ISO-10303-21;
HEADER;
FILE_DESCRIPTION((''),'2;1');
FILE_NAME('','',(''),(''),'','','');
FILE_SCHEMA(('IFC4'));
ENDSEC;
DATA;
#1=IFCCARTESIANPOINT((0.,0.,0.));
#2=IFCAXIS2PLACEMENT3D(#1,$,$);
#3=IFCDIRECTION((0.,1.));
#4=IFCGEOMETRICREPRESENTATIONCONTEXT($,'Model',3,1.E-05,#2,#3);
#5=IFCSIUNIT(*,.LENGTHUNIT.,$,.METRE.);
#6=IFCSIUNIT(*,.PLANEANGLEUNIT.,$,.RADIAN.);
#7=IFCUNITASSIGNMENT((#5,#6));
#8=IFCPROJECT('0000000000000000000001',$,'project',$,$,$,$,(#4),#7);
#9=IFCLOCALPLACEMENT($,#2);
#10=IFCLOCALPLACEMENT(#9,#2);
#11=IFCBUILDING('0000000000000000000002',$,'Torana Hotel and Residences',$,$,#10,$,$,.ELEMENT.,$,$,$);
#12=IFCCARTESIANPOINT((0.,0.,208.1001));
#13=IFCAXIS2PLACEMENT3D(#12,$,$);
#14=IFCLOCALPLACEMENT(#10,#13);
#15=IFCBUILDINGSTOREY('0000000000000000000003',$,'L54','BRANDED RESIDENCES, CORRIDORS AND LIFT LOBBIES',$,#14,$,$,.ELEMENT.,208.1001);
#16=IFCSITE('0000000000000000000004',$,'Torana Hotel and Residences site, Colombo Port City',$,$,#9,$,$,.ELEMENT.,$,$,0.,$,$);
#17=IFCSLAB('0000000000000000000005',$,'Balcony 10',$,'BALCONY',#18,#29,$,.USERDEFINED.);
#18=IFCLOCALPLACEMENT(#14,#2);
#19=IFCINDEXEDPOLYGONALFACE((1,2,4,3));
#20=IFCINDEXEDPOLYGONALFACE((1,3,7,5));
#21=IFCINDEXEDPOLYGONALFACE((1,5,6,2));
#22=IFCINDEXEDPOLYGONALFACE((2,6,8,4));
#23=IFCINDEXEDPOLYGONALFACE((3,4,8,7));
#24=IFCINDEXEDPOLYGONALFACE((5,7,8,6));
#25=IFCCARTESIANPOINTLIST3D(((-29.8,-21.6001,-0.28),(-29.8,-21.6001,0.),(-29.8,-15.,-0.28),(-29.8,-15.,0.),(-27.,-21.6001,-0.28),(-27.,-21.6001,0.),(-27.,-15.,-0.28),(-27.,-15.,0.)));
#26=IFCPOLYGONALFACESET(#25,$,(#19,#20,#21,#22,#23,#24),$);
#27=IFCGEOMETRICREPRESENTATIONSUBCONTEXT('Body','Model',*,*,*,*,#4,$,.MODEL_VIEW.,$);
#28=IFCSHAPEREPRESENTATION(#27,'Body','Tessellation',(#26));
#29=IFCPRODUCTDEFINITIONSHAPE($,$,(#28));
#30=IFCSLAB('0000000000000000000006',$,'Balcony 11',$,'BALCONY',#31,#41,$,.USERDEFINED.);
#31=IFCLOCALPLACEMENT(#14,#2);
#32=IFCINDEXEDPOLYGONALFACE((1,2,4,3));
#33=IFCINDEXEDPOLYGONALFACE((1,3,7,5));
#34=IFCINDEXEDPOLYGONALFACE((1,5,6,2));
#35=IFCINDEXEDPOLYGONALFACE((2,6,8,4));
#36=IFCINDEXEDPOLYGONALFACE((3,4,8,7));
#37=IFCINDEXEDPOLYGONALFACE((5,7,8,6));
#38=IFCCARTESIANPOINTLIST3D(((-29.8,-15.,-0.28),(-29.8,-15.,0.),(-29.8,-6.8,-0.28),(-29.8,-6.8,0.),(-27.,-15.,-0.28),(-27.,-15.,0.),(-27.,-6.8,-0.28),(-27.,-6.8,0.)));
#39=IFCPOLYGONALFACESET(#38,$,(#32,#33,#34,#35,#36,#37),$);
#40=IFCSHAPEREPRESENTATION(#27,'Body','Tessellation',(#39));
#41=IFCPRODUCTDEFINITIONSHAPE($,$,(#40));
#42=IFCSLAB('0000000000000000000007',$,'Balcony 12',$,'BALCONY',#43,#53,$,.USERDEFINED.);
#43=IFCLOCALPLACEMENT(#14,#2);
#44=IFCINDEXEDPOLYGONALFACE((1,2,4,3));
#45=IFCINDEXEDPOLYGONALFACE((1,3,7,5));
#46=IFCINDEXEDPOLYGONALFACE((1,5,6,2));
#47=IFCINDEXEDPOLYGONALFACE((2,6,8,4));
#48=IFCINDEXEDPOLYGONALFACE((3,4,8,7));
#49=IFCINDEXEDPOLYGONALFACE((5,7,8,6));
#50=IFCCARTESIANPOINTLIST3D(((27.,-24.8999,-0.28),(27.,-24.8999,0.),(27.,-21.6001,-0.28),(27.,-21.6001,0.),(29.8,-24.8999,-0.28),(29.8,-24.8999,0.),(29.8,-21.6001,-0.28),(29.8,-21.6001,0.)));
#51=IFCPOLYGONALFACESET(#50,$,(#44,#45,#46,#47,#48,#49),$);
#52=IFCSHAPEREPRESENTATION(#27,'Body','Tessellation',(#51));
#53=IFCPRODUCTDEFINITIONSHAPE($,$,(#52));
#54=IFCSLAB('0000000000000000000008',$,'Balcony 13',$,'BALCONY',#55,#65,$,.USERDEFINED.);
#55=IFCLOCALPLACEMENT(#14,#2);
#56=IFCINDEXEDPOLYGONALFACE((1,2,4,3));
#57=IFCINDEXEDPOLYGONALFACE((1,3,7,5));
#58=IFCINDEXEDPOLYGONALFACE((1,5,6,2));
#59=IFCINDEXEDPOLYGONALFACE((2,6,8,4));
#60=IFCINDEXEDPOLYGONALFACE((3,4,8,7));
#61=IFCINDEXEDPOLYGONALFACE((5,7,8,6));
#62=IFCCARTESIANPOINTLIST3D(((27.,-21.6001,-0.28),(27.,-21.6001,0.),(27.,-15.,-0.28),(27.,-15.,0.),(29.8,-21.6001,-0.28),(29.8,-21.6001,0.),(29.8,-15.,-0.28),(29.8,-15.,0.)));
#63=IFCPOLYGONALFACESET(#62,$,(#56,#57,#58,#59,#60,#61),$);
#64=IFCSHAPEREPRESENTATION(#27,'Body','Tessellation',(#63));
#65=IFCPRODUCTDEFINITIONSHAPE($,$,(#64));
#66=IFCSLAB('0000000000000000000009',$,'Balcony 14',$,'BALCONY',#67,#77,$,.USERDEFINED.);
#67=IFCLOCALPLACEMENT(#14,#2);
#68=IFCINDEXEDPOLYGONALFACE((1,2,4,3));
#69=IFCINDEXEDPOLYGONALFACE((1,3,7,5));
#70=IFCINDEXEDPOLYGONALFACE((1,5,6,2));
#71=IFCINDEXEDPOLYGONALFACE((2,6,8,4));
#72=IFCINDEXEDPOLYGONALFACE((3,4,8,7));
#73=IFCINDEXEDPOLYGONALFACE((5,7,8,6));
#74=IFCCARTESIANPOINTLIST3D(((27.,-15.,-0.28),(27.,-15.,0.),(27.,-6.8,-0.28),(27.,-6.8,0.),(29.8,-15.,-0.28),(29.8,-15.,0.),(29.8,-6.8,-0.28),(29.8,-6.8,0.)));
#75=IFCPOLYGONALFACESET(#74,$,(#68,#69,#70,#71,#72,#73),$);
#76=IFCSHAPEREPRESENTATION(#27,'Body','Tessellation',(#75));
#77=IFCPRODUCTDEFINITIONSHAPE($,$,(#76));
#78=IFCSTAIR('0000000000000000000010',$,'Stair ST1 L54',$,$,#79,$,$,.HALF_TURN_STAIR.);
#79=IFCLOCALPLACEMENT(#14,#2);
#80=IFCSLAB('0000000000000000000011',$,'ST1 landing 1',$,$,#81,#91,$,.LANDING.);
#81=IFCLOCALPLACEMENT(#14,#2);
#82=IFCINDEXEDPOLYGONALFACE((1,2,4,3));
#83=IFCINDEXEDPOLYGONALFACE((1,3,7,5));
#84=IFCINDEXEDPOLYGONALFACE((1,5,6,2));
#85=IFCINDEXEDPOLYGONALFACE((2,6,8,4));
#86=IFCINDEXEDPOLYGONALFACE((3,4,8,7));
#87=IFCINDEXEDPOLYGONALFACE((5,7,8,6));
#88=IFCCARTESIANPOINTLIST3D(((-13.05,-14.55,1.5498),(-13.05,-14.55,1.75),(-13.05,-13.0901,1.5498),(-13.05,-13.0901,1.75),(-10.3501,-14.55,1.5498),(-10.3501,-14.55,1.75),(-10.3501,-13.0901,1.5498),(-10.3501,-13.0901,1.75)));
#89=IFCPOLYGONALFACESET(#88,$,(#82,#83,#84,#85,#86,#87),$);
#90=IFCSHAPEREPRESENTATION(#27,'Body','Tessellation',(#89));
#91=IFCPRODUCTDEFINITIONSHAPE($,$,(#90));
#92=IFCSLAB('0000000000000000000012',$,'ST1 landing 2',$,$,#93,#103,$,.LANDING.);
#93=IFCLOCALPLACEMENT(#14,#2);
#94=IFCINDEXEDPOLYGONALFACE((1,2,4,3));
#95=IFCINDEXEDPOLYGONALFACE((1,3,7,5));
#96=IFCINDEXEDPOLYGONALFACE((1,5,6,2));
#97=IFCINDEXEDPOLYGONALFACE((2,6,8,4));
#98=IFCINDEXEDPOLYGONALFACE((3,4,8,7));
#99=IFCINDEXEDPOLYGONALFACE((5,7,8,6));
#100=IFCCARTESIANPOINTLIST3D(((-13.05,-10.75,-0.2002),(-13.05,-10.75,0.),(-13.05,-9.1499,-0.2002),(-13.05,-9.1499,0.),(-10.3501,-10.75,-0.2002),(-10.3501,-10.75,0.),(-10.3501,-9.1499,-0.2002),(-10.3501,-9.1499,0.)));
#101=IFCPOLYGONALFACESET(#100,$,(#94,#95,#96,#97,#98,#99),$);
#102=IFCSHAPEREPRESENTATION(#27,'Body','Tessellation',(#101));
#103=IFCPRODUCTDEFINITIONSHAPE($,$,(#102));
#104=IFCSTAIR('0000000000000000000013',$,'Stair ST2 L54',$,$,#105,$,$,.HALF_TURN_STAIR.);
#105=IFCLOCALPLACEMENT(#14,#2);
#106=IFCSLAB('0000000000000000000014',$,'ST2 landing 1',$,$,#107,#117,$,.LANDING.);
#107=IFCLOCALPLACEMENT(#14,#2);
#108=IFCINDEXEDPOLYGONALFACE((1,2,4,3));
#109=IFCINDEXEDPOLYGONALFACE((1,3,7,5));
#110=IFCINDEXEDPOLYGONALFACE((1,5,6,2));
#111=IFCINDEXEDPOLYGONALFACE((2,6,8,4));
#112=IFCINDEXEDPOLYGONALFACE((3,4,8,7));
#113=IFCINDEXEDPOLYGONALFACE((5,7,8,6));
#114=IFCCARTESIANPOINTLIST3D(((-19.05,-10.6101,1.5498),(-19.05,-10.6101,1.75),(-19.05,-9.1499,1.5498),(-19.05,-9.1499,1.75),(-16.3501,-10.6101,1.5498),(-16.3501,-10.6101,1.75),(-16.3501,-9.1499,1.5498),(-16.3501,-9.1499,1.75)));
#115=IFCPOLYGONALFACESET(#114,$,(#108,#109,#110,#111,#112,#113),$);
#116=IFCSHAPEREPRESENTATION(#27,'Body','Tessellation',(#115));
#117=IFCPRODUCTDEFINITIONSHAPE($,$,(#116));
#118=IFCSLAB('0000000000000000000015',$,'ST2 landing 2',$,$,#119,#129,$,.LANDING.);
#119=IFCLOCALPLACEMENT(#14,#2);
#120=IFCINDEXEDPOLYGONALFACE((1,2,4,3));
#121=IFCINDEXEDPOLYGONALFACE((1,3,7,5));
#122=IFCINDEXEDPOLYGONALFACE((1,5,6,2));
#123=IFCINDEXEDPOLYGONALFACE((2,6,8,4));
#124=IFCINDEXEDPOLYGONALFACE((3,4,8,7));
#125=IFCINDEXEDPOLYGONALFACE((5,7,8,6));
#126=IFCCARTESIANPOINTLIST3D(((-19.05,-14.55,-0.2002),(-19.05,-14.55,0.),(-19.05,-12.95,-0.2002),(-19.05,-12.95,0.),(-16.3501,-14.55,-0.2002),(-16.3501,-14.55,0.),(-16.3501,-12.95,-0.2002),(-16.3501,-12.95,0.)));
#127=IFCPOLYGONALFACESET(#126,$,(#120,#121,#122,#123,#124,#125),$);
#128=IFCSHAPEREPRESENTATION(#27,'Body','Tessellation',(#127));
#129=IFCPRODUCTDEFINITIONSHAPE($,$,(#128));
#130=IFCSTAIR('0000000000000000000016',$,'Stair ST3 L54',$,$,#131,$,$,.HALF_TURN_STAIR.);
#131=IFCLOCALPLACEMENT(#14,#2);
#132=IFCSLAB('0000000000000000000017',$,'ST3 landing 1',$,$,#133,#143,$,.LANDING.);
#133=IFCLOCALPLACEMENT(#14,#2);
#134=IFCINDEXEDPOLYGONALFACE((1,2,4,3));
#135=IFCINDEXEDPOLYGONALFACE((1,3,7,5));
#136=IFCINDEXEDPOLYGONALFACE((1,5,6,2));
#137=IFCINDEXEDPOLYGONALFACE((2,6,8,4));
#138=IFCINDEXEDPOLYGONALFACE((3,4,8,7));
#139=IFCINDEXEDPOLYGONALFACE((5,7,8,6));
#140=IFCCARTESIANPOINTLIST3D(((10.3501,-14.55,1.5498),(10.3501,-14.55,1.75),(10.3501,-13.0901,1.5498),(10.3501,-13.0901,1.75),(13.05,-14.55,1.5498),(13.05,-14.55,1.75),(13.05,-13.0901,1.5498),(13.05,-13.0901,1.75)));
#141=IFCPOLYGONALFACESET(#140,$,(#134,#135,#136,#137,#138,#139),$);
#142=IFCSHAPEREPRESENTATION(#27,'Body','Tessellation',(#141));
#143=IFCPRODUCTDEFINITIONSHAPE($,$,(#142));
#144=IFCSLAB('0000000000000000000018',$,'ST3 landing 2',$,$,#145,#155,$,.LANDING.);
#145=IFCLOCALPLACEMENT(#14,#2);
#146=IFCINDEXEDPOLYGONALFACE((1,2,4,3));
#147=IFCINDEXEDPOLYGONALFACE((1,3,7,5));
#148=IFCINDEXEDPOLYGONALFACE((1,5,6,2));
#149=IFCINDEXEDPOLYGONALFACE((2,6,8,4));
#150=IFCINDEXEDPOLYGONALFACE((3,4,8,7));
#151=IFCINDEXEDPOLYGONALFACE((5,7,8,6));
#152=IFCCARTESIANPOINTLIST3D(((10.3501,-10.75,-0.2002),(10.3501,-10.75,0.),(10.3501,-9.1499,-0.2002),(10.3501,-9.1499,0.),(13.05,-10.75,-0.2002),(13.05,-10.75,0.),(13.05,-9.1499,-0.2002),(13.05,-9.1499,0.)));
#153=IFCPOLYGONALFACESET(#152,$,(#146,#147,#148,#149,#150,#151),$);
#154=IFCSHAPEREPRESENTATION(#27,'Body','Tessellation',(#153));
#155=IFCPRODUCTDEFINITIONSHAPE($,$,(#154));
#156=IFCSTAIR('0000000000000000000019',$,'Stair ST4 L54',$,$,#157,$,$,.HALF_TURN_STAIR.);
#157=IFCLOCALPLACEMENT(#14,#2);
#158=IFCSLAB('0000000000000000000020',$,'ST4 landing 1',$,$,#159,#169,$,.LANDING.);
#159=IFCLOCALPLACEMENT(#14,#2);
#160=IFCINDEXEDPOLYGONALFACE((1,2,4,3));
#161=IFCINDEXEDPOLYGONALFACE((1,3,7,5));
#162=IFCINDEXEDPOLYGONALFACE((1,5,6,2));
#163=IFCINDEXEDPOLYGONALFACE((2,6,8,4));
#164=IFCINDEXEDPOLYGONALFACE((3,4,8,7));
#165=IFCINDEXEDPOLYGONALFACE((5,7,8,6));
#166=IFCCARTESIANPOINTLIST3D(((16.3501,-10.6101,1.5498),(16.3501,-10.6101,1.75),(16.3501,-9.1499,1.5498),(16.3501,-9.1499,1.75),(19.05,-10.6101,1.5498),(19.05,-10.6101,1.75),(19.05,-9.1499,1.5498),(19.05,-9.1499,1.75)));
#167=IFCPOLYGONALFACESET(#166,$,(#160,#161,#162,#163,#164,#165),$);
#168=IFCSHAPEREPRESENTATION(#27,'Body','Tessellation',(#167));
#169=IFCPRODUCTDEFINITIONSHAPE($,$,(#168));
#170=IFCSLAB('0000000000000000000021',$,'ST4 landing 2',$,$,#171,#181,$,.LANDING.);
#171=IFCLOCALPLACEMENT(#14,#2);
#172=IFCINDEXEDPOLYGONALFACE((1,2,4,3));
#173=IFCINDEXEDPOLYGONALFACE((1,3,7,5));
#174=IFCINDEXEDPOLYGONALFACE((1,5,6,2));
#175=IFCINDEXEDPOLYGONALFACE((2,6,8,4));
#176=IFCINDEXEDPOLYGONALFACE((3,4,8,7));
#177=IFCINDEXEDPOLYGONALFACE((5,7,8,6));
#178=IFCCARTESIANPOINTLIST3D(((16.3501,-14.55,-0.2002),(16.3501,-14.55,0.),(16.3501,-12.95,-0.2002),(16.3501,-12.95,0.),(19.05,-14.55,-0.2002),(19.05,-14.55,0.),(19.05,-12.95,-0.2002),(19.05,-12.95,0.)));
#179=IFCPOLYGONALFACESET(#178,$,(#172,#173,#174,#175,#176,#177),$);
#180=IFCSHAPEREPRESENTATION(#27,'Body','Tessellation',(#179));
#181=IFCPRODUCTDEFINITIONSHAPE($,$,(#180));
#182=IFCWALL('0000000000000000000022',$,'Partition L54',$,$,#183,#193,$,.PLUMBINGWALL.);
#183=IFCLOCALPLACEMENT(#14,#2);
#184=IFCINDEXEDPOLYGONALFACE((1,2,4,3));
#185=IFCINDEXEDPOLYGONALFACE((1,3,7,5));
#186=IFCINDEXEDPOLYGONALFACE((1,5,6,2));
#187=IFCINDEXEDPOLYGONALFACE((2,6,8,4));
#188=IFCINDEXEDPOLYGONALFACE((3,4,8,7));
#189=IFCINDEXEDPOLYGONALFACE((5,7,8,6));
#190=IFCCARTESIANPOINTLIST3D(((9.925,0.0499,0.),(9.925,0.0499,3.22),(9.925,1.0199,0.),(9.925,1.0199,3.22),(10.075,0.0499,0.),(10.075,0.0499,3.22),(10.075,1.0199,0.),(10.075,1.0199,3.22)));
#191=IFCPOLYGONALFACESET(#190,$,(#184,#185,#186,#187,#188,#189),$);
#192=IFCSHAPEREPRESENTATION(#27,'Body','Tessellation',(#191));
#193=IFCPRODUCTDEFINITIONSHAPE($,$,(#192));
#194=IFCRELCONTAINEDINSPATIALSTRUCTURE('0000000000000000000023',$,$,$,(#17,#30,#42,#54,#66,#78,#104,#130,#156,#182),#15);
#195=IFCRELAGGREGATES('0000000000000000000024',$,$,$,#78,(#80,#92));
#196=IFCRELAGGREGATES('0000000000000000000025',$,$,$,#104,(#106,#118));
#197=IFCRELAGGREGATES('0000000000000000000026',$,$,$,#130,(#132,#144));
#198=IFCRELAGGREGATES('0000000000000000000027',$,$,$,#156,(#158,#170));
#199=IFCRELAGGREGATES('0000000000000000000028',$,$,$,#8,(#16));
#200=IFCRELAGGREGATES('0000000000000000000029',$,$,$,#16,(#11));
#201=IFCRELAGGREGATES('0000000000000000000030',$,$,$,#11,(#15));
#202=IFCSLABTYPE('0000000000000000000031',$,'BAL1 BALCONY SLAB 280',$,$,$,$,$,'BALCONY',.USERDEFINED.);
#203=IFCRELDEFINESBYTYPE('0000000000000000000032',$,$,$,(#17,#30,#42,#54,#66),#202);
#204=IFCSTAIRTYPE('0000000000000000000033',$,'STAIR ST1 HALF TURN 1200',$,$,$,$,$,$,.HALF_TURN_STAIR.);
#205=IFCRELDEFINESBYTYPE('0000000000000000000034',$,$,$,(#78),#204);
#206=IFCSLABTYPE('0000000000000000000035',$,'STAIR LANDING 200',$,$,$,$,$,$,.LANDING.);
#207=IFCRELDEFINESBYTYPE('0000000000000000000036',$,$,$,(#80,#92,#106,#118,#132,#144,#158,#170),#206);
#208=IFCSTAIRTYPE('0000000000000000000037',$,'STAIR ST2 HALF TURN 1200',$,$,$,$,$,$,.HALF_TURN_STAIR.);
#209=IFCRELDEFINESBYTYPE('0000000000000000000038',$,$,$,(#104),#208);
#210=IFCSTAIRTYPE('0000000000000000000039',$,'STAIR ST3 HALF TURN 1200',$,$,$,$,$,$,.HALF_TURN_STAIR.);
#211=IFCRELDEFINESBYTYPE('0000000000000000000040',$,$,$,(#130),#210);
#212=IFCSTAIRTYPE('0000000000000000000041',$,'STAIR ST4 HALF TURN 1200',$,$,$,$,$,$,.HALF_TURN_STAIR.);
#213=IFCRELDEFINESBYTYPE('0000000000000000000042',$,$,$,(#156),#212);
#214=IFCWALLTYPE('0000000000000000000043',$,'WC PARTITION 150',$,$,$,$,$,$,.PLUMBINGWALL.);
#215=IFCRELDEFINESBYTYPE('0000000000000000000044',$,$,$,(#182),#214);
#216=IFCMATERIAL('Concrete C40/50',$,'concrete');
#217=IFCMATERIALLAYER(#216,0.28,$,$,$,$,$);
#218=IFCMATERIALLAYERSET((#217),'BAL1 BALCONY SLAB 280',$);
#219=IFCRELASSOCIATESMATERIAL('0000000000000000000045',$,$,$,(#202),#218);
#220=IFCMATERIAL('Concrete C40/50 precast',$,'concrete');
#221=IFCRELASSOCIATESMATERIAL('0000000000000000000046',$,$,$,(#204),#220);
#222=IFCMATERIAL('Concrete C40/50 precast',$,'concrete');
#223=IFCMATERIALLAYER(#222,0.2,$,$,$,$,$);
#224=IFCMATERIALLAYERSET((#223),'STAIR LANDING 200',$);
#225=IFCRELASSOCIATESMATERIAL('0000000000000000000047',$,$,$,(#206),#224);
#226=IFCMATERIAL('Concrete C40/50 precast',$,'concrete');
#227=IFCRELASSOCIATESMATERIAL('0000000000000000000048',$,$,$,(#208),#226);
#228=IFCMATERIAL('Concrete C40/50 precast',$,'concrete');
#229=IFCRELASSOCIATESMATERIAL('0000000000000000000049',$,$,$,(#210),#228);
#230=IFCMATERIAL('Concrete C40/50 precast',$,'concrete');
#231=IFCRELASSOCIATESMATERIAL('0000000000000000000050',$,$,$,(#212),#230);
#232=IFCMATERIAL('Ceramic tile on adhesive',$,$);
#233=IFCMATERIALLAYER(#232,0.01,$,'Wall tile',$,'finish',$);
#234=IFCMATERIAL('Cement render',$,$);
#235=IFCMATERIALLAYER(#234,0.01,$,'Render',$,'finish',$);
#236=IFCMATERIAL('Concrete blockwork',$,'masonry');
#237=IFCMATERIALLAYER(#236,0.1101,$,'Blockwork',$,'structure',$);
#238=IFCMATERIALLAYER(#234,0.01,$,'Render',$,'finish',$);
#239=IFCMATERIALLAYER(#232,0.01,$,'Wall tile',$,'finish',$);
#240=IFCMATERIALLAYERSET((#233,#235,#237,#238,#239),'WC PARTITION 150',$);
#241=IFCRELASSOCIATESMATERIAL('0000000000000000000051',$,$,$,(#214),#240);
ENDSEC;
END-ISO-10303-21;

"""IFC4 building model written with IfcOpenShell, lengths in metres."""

from ifc_helpers import new_model, si_unit, direction, frame, frame_2d, origin, place, context, subcontext, project, spatial, polyline, rectangle, outline, extrude, material, layer, layer_set, type_object, element, aggregate, save


model = new_model("IFC4")

# Units and contexts
model_context = context("Model", 3, precision=1e-05, world=origin(), true_north=direction((0.0, 1.0)))
body_context = subcontext(model_context, "Body", "Model", "MODEL_VIEW")
ifc_project = project(units=[si_unit("LENGTHUNIT", "METRE"), si_unit("PLANEANGLEUNIT", "RADIAN")], contexts=[model_context])

# Site, building, storey
site_placement = place(None, origin())
site = spatial("IfcSite", under=ifc_project, at=site_placement, Name="Torana Hotel and Residences site, Colombo Port City", CompositionType="ELEMENT", RefElevation=0.0)
building_placement = place(site_placement, origin())
building = spatial("IfcBuilding", under=site, at=building_placement, Name="Torana Hotel and Residences", CompositionType="ELEMENT")
storey_placement = place(building_placement, frame((0.0, 0.0, 208.1001)))
storey = spatial("IfcBuildingStorey", under=building, at=storey_placement, Name="L54", Description="BRANDED RESIDENCES, CORRIDORS AND LIFT LOBBIES", CompositionType="ELEMENT", Elevation=208.1001)

# Slabs
ifc_material_1 = material(Name="Concrete C40/50", Category="concrete")
ifc_layer_1 = layer(ifc_material_1, 0.28)
ifc_layer_set_1 = layer_set([ifc_layer_1], Name="BAL1 BALCONY SLAB 280")
slab_type_1 = type_object("IfcSlabType", Name="BAL1 BALCONY SLAB 280", ElementType="BALCONY", PredefinedType="USERDEFINED", material=ifc_layer_set_1)
slab_1_placement = place(storey_placement, frame((0.0, 0.0, -0.28)))
element("IfcSlab", 1, at=slab_1_placement, inside=storey, type_object=slab_type_1, Name="Balcony 10", ObjectType="BALCONY", PredefinedType="USERDEFINED", context=body_context, shape_type="SweptSolid", body=[
    extrude(outline(polyline([(-29.8, -21.6001), (-27.0, -21.6001), (-27.0, -15.0), (-29.8, -15.0), (-29.8, -21.6001)])), origin(), (0.0, 0.0, 1.0), 0.28),
])
slab_2_placement = place(storey_placement, frame((0.0, 0.0, -0.28)))
element("IfcSlab", 2, at=slab_2_placement, inside=storey, type_object=slab_type_1, Name="Balcony 11", ObjectType="BALCONY", PredefinedType="USERDEFINED", context=body_context, shape_type="SweptSolid", body=[
    extrude(outline(polyline([(-29.8, -15.0), (-27.0, -15.0), (-27.0, -6.8), (-29.8, -6.8), (-29.8, -15.0)])), origin(), (0.0, 0.0, 1.0), 0.28),
])
slab_3_placement = place(storey_placement, frame((0.0, 0.0, -0.28)))
element("IfcSlab", 3, at=slab_3_placement, inside=storey, type_object=slab_type_1, Name="Balcony 12", ObjectType="BALCONY", PredefinedType="USERDEFINED", context=body_context, shape_type="SweptSolid", body=[
    extrude(outline(polyline([(27.0, -24.8999), (29.8, -24.8999), (29.8, -21.6001), (27.0, -21.6001), (27.0, -24.8999)])), origin(), (0.0, 0.0, 1.0), 0.28),
])
slab_4_placement = place(storey_placement, frame((0.0, 0.0, -0.28)))
element("IfcSlab", 4, at=slab_4_placement, inside=storey, type_object=slab_type_1, Name="Balcony 13", ObjectType="BALCONY", PredefinedType="USERDEFINED", context=body_context, shape_type="SweptSolid", body=[
    extrude(outline(polyline([(27.0, -21.6001), (29.8, -21.6001), (29.8, -15.0), (27.0, -15.0), (27.0, -21.6001)])), origin(), (0.0, 0.0, 1.0), 0.28),
])
slab_5_placement = place(storey_placement, frame((0.0, 0.0, -0.28)))
element("IfcSlab", 5, at=slab_5_placement, inside=storey, type_object=slab_type_1, Name="Balcony 14", ObjectType="BALCONY", PredefinedType="USERDEFINED", context=body_context, shape_type="SweptSolid", body=[
    extrude(outline(polyline([(27.0, -15.0), (29.8, -15.0), (29.8, -6.8), (27.0, -6.8), (27.0, -15.0)])), origin(), (0.0, 0.0, 1.0), 0.28),
])

# Stairs, slabs
ifc_material_2 = material(Name="Concrete C40/50 precast", Category="concrete")
stair_type_1 = type_object("IfcStairType", Name="STAIR ST1 HALF TURN 1200", PredefinedType="HALF_TURN_STAIR", material=ifc_material_2)
stair_1_placement = place(storey_placement, origin())
stair_1 = element("IfcStair", 6, at=stair_1_placement, inside=storey, type_object=stair_type_1, Name="Stair ST1 L54", PredefinedType="HALF_TURN_STAIR")
ifc_material_3 = material(Name="Concrete C40/50 precast", Category="concrete")
ifc_layer_2 = layer(ifc_material_3, 0.2)
ifc_layer_set_2 = layer_set([ifc_layer_2], Name="STAIR LANDING 200")
slab_type_2 = type_object("IfcSlabType", Name="STAIR LANDING 200", PredefinedType="LANDING", material=ifc_layer_set_2)
slab_6_placement = place(storey_placement, frame((0.0, 0.0, 1.5498)))
slab_6 = element("IfcSlab", 7, at=slab_6_placement, type_object=slab_type_2, Name="ST1 landing 1", PredefinedType="LANDING", context=body_context, shape_type="SweptSolid", body=[
    extrude(outline(polyline([(-13.05, -14.55), (-10.3501, -14.55), (-10.3501, -13.0901), (-13.05, -13.0901), (-13.05, -14.55)])), origin(), (0.0, 0.0, 1.0), 0.2002),
])
slab_7_placement = place(storey_placement, frame((0.0, 0.0, -0.2002)))
slab_7 = element("IfcSlab", 8, at=slab_7_placement, type_object=slab_type_2, Name="ST1 landing 2", PredefinedType="LANDING", context=body_context, shape_type="SweptSolid", body=[
    extrude(outline(polyline([(-13.05, -10.75), (-10.3501, -10.75), (-10.3501, -9.1499), (-13.05, -9.1499), (-13.05, -10.75)])), origin(), (0.0, 0.0, 1.0), 0.2002),
])
aggregate(stair_1, [slab_6, slab_7])
ifc_material_4 = material(Name="Concrete C40/50 precast", Category="concrete")
stair_type_2 = type_object("IfcStairType", Name="STAIR ST2 HALF TURN 1200", PredefinedType="HALF_TURN_STAIR", material=ifc_material_4)
stair_2_placement = place(storey_placement, origin())
stair_2 = element("IfcStair", 9, at=stair_2_placement, inside=storey, type_object=stair_type_2, Name="Stair ST2 L54", PredefinedType="HALF_TURN_STAIR")
slab_8_placement = place(storey_placement, frame((0.0, 0.0, 1.5498)))
slab_8 = element("IfcSlab", 10, at=slab_8_placement, type_object=slab_type_2, Name="ST2 landing 1", PredefinedType="LANDING", context=body_context, shape_type="SweptSolid", body=[
    extrude(outline(polyline([(-19.05, -10.6101), (-16.3501, -10.6101), (-16.3501, -9.1499), (-19.05, -9.1499), (-19.05, -10.6101)])), origin(), (0.0, 0.0, 1.0), 0.2002),
])
slab_9_placement = place(storey_placement, frame((0.0, 0.0, -0.2002)))
slab_9 = element("IfcSlab", 11, at=slab_9_placement, type_object=slab_type_2, Name="ST2 landing 2", PredefinedType="LANDING", context=body_context, shape_type="SweptSolid", body=[
    extrude(outline(polyline([(-19.05, -14.55), (-16.3501, -14.55), (-16.3501, -12.95), (-19.05, -12.95), (-19.05, -14.55)])), origin(), (0.0, 0.0, 1.0), 0.2002),
])
aggregate(stair_2, [slab_8, slab_9])
ifc_material_5 = material(Name="Concrete C40/50 precast", Category="concrete")
stair_type_3 = type_object("IfcStairType", Name="STAIR ST3 HALF TURN 1200", PredefinedType="HALF_TURN_STAIR", material=ifc_material_5)
stair_3_placement = place(storey_placement, origin())
stair_3 = element("IfcStair", 12, at=stair_3_placement, inside=storey, type_object=stair_type_3, Name="Stair ST3 L54", PredefinedType="HALF_TURN_STAIR")
slab_10_placement = place(storey_placement, frame((0.0, 0.0, 1.5498)))
slab_10 = element("IfcSlab", 13, at=slab_10_placement, type_object=slab_type_2, Name="ST3 landing 1", PredefinedType="LANDING", context=body_context, shape_type="SweptSolid", body=[
    extrude(outline(polyline([(10.3501, -14.55), (13.05, -14.55), (13.05, -13.0901), (10.3501, -13.0901), (10.3501, -14.55)])), origin(), (0.0, 0.0, 1.0), 0.2002),
])
slab_11_placement = place(storey_placement, frame((0.0, 0.0, -0.2002)))
slab_11 = element("IfcSlab", 14, at=slab_11_placement, type_object=slab_type_2, Name="ST3 landing 2", PredefinedType="LANDING", context=body_context, shape_type="SweptSolid", body=[
    extrude(outline(polyline([(10.3501, -10.75), (13.05, -10.75), (13.05, -9.1499), (10.3501, -9.1499), (10.3501, -10.75)])), origin(), (0.0, 0.0, 1.0), 0.2002),
])
aggregate(stair_3, [slab_10, slab_11])
ifc_material_6 = material(Name="Concrete C40/50 precast", Category="concrete")
stair_type_4 = type_object("IfcStairType", Name="STAIR ST4 HALF TURN 1200", PredefinedType="HALF_TURN_STAIR", material=ifc_material_6)
stair_4_placement = place(storey_placement, origin())
stair_4 = element("IfcStair", 15, at=stair_4_placement, inside=storey, type_object=stair_type_4, Name="Stair ST4 L54", PredefinedType="HALF_TURN_STAIR")
slab_12_placement = place(storey_placement, frame((0.0, 0.0, 1.5498)))
slab_12 = element("IfcSlab", 16, at=slab_12_placement, type_object=slab_type_2, Name="ST4 landing 1", PredefinedType="LANDING", context=body_context, shape_type="SweptSolid", body=[
    extrude(outline(polyline([(16.3501, -10.6101), (19.05, -10.6101), (19.05, -9.1499), (16.3501, -9.1499), (16.3501, -10.6101)])), origin(), (0.0, 0.0, 1.0), 0.2002),
])
slab_13_placement = place(storey_placement, frame((0.0, 0.0, -0.2002)))
slab_13 = element("IfcSlab", 17, at=slab_13_placement, type_object=slab_type_2, Name="ST4 landing 2", PredefinedType="LANDING", context=body_context, shape_type="SweptSolid", body=[
    extrude(outline(polyline([(16.3501, -14.55), (19.05, -14.55), (19.05, -12.95), (16.3501, -12.95), (16.3501, -14.55)])), origin(), (0.0, 0.0, 1.0), 0.2002),
])
aggregate(stair_4, [slab_12, slab_13])

# Wall
ifc_material_7 = material(Name="Ceramic tile on adhesive")
ifc_layer_3 = layer(ifc_material_7, 0.01, Name="Wall tile", Category="finish")
ifc_material_8 = material(Name="Cement render")
ifc_layer_4 = layer(ifc_material_8, 0.01, Name="Render", Category="finish")
ifc_material_9 = material(Name="Concrete blockwork", Category="masonry")
ifc_layer_5 = layer(ifc_material_9, 0.1101, Name="Blockwork", Category="structure")
ifc_layer_6 = layer(ifc_material_8, 0.01, Name="Render", Category="finish")
ifc_layer_7 = layer(ifc_material_7, 0.01, Name="Wall tile", Category="finish")
ifc_layer_set_3 = layer_set([ifc_layer_3, ifc_layer_4, ifc_layer_5, ifc_layer_6, ifc_layer_7], Name="WC PARTITION 150")
wall_type = type_object("IfcWallType", Name="WC PARTITION 150", PredefinedType="PLUMBINGWALL", material=ifc_layer_set_3)
wall_placement = place(storey_placement, frame((10.0, 0.05, 0.0), z_axis=(0.0, 0.0, 1.0), x_axis=(0.0, 1.0, 0.0)))
element("IfcWall", 18, at=wall_placement, inside=storey, type_object=wall_type, Name="Partition L54", PredefinedType="PLUMBINGWALL", context=body_context, shape_type="SweptSolid", body=[
    extrude(rectangle(XDim=0.97, YDim=0.1499, at=frame_2d((0.4849, 0.0))), origin(), (0.0, 0.0, 1.0), 3.22),
])

save(model, "model.ifc")
